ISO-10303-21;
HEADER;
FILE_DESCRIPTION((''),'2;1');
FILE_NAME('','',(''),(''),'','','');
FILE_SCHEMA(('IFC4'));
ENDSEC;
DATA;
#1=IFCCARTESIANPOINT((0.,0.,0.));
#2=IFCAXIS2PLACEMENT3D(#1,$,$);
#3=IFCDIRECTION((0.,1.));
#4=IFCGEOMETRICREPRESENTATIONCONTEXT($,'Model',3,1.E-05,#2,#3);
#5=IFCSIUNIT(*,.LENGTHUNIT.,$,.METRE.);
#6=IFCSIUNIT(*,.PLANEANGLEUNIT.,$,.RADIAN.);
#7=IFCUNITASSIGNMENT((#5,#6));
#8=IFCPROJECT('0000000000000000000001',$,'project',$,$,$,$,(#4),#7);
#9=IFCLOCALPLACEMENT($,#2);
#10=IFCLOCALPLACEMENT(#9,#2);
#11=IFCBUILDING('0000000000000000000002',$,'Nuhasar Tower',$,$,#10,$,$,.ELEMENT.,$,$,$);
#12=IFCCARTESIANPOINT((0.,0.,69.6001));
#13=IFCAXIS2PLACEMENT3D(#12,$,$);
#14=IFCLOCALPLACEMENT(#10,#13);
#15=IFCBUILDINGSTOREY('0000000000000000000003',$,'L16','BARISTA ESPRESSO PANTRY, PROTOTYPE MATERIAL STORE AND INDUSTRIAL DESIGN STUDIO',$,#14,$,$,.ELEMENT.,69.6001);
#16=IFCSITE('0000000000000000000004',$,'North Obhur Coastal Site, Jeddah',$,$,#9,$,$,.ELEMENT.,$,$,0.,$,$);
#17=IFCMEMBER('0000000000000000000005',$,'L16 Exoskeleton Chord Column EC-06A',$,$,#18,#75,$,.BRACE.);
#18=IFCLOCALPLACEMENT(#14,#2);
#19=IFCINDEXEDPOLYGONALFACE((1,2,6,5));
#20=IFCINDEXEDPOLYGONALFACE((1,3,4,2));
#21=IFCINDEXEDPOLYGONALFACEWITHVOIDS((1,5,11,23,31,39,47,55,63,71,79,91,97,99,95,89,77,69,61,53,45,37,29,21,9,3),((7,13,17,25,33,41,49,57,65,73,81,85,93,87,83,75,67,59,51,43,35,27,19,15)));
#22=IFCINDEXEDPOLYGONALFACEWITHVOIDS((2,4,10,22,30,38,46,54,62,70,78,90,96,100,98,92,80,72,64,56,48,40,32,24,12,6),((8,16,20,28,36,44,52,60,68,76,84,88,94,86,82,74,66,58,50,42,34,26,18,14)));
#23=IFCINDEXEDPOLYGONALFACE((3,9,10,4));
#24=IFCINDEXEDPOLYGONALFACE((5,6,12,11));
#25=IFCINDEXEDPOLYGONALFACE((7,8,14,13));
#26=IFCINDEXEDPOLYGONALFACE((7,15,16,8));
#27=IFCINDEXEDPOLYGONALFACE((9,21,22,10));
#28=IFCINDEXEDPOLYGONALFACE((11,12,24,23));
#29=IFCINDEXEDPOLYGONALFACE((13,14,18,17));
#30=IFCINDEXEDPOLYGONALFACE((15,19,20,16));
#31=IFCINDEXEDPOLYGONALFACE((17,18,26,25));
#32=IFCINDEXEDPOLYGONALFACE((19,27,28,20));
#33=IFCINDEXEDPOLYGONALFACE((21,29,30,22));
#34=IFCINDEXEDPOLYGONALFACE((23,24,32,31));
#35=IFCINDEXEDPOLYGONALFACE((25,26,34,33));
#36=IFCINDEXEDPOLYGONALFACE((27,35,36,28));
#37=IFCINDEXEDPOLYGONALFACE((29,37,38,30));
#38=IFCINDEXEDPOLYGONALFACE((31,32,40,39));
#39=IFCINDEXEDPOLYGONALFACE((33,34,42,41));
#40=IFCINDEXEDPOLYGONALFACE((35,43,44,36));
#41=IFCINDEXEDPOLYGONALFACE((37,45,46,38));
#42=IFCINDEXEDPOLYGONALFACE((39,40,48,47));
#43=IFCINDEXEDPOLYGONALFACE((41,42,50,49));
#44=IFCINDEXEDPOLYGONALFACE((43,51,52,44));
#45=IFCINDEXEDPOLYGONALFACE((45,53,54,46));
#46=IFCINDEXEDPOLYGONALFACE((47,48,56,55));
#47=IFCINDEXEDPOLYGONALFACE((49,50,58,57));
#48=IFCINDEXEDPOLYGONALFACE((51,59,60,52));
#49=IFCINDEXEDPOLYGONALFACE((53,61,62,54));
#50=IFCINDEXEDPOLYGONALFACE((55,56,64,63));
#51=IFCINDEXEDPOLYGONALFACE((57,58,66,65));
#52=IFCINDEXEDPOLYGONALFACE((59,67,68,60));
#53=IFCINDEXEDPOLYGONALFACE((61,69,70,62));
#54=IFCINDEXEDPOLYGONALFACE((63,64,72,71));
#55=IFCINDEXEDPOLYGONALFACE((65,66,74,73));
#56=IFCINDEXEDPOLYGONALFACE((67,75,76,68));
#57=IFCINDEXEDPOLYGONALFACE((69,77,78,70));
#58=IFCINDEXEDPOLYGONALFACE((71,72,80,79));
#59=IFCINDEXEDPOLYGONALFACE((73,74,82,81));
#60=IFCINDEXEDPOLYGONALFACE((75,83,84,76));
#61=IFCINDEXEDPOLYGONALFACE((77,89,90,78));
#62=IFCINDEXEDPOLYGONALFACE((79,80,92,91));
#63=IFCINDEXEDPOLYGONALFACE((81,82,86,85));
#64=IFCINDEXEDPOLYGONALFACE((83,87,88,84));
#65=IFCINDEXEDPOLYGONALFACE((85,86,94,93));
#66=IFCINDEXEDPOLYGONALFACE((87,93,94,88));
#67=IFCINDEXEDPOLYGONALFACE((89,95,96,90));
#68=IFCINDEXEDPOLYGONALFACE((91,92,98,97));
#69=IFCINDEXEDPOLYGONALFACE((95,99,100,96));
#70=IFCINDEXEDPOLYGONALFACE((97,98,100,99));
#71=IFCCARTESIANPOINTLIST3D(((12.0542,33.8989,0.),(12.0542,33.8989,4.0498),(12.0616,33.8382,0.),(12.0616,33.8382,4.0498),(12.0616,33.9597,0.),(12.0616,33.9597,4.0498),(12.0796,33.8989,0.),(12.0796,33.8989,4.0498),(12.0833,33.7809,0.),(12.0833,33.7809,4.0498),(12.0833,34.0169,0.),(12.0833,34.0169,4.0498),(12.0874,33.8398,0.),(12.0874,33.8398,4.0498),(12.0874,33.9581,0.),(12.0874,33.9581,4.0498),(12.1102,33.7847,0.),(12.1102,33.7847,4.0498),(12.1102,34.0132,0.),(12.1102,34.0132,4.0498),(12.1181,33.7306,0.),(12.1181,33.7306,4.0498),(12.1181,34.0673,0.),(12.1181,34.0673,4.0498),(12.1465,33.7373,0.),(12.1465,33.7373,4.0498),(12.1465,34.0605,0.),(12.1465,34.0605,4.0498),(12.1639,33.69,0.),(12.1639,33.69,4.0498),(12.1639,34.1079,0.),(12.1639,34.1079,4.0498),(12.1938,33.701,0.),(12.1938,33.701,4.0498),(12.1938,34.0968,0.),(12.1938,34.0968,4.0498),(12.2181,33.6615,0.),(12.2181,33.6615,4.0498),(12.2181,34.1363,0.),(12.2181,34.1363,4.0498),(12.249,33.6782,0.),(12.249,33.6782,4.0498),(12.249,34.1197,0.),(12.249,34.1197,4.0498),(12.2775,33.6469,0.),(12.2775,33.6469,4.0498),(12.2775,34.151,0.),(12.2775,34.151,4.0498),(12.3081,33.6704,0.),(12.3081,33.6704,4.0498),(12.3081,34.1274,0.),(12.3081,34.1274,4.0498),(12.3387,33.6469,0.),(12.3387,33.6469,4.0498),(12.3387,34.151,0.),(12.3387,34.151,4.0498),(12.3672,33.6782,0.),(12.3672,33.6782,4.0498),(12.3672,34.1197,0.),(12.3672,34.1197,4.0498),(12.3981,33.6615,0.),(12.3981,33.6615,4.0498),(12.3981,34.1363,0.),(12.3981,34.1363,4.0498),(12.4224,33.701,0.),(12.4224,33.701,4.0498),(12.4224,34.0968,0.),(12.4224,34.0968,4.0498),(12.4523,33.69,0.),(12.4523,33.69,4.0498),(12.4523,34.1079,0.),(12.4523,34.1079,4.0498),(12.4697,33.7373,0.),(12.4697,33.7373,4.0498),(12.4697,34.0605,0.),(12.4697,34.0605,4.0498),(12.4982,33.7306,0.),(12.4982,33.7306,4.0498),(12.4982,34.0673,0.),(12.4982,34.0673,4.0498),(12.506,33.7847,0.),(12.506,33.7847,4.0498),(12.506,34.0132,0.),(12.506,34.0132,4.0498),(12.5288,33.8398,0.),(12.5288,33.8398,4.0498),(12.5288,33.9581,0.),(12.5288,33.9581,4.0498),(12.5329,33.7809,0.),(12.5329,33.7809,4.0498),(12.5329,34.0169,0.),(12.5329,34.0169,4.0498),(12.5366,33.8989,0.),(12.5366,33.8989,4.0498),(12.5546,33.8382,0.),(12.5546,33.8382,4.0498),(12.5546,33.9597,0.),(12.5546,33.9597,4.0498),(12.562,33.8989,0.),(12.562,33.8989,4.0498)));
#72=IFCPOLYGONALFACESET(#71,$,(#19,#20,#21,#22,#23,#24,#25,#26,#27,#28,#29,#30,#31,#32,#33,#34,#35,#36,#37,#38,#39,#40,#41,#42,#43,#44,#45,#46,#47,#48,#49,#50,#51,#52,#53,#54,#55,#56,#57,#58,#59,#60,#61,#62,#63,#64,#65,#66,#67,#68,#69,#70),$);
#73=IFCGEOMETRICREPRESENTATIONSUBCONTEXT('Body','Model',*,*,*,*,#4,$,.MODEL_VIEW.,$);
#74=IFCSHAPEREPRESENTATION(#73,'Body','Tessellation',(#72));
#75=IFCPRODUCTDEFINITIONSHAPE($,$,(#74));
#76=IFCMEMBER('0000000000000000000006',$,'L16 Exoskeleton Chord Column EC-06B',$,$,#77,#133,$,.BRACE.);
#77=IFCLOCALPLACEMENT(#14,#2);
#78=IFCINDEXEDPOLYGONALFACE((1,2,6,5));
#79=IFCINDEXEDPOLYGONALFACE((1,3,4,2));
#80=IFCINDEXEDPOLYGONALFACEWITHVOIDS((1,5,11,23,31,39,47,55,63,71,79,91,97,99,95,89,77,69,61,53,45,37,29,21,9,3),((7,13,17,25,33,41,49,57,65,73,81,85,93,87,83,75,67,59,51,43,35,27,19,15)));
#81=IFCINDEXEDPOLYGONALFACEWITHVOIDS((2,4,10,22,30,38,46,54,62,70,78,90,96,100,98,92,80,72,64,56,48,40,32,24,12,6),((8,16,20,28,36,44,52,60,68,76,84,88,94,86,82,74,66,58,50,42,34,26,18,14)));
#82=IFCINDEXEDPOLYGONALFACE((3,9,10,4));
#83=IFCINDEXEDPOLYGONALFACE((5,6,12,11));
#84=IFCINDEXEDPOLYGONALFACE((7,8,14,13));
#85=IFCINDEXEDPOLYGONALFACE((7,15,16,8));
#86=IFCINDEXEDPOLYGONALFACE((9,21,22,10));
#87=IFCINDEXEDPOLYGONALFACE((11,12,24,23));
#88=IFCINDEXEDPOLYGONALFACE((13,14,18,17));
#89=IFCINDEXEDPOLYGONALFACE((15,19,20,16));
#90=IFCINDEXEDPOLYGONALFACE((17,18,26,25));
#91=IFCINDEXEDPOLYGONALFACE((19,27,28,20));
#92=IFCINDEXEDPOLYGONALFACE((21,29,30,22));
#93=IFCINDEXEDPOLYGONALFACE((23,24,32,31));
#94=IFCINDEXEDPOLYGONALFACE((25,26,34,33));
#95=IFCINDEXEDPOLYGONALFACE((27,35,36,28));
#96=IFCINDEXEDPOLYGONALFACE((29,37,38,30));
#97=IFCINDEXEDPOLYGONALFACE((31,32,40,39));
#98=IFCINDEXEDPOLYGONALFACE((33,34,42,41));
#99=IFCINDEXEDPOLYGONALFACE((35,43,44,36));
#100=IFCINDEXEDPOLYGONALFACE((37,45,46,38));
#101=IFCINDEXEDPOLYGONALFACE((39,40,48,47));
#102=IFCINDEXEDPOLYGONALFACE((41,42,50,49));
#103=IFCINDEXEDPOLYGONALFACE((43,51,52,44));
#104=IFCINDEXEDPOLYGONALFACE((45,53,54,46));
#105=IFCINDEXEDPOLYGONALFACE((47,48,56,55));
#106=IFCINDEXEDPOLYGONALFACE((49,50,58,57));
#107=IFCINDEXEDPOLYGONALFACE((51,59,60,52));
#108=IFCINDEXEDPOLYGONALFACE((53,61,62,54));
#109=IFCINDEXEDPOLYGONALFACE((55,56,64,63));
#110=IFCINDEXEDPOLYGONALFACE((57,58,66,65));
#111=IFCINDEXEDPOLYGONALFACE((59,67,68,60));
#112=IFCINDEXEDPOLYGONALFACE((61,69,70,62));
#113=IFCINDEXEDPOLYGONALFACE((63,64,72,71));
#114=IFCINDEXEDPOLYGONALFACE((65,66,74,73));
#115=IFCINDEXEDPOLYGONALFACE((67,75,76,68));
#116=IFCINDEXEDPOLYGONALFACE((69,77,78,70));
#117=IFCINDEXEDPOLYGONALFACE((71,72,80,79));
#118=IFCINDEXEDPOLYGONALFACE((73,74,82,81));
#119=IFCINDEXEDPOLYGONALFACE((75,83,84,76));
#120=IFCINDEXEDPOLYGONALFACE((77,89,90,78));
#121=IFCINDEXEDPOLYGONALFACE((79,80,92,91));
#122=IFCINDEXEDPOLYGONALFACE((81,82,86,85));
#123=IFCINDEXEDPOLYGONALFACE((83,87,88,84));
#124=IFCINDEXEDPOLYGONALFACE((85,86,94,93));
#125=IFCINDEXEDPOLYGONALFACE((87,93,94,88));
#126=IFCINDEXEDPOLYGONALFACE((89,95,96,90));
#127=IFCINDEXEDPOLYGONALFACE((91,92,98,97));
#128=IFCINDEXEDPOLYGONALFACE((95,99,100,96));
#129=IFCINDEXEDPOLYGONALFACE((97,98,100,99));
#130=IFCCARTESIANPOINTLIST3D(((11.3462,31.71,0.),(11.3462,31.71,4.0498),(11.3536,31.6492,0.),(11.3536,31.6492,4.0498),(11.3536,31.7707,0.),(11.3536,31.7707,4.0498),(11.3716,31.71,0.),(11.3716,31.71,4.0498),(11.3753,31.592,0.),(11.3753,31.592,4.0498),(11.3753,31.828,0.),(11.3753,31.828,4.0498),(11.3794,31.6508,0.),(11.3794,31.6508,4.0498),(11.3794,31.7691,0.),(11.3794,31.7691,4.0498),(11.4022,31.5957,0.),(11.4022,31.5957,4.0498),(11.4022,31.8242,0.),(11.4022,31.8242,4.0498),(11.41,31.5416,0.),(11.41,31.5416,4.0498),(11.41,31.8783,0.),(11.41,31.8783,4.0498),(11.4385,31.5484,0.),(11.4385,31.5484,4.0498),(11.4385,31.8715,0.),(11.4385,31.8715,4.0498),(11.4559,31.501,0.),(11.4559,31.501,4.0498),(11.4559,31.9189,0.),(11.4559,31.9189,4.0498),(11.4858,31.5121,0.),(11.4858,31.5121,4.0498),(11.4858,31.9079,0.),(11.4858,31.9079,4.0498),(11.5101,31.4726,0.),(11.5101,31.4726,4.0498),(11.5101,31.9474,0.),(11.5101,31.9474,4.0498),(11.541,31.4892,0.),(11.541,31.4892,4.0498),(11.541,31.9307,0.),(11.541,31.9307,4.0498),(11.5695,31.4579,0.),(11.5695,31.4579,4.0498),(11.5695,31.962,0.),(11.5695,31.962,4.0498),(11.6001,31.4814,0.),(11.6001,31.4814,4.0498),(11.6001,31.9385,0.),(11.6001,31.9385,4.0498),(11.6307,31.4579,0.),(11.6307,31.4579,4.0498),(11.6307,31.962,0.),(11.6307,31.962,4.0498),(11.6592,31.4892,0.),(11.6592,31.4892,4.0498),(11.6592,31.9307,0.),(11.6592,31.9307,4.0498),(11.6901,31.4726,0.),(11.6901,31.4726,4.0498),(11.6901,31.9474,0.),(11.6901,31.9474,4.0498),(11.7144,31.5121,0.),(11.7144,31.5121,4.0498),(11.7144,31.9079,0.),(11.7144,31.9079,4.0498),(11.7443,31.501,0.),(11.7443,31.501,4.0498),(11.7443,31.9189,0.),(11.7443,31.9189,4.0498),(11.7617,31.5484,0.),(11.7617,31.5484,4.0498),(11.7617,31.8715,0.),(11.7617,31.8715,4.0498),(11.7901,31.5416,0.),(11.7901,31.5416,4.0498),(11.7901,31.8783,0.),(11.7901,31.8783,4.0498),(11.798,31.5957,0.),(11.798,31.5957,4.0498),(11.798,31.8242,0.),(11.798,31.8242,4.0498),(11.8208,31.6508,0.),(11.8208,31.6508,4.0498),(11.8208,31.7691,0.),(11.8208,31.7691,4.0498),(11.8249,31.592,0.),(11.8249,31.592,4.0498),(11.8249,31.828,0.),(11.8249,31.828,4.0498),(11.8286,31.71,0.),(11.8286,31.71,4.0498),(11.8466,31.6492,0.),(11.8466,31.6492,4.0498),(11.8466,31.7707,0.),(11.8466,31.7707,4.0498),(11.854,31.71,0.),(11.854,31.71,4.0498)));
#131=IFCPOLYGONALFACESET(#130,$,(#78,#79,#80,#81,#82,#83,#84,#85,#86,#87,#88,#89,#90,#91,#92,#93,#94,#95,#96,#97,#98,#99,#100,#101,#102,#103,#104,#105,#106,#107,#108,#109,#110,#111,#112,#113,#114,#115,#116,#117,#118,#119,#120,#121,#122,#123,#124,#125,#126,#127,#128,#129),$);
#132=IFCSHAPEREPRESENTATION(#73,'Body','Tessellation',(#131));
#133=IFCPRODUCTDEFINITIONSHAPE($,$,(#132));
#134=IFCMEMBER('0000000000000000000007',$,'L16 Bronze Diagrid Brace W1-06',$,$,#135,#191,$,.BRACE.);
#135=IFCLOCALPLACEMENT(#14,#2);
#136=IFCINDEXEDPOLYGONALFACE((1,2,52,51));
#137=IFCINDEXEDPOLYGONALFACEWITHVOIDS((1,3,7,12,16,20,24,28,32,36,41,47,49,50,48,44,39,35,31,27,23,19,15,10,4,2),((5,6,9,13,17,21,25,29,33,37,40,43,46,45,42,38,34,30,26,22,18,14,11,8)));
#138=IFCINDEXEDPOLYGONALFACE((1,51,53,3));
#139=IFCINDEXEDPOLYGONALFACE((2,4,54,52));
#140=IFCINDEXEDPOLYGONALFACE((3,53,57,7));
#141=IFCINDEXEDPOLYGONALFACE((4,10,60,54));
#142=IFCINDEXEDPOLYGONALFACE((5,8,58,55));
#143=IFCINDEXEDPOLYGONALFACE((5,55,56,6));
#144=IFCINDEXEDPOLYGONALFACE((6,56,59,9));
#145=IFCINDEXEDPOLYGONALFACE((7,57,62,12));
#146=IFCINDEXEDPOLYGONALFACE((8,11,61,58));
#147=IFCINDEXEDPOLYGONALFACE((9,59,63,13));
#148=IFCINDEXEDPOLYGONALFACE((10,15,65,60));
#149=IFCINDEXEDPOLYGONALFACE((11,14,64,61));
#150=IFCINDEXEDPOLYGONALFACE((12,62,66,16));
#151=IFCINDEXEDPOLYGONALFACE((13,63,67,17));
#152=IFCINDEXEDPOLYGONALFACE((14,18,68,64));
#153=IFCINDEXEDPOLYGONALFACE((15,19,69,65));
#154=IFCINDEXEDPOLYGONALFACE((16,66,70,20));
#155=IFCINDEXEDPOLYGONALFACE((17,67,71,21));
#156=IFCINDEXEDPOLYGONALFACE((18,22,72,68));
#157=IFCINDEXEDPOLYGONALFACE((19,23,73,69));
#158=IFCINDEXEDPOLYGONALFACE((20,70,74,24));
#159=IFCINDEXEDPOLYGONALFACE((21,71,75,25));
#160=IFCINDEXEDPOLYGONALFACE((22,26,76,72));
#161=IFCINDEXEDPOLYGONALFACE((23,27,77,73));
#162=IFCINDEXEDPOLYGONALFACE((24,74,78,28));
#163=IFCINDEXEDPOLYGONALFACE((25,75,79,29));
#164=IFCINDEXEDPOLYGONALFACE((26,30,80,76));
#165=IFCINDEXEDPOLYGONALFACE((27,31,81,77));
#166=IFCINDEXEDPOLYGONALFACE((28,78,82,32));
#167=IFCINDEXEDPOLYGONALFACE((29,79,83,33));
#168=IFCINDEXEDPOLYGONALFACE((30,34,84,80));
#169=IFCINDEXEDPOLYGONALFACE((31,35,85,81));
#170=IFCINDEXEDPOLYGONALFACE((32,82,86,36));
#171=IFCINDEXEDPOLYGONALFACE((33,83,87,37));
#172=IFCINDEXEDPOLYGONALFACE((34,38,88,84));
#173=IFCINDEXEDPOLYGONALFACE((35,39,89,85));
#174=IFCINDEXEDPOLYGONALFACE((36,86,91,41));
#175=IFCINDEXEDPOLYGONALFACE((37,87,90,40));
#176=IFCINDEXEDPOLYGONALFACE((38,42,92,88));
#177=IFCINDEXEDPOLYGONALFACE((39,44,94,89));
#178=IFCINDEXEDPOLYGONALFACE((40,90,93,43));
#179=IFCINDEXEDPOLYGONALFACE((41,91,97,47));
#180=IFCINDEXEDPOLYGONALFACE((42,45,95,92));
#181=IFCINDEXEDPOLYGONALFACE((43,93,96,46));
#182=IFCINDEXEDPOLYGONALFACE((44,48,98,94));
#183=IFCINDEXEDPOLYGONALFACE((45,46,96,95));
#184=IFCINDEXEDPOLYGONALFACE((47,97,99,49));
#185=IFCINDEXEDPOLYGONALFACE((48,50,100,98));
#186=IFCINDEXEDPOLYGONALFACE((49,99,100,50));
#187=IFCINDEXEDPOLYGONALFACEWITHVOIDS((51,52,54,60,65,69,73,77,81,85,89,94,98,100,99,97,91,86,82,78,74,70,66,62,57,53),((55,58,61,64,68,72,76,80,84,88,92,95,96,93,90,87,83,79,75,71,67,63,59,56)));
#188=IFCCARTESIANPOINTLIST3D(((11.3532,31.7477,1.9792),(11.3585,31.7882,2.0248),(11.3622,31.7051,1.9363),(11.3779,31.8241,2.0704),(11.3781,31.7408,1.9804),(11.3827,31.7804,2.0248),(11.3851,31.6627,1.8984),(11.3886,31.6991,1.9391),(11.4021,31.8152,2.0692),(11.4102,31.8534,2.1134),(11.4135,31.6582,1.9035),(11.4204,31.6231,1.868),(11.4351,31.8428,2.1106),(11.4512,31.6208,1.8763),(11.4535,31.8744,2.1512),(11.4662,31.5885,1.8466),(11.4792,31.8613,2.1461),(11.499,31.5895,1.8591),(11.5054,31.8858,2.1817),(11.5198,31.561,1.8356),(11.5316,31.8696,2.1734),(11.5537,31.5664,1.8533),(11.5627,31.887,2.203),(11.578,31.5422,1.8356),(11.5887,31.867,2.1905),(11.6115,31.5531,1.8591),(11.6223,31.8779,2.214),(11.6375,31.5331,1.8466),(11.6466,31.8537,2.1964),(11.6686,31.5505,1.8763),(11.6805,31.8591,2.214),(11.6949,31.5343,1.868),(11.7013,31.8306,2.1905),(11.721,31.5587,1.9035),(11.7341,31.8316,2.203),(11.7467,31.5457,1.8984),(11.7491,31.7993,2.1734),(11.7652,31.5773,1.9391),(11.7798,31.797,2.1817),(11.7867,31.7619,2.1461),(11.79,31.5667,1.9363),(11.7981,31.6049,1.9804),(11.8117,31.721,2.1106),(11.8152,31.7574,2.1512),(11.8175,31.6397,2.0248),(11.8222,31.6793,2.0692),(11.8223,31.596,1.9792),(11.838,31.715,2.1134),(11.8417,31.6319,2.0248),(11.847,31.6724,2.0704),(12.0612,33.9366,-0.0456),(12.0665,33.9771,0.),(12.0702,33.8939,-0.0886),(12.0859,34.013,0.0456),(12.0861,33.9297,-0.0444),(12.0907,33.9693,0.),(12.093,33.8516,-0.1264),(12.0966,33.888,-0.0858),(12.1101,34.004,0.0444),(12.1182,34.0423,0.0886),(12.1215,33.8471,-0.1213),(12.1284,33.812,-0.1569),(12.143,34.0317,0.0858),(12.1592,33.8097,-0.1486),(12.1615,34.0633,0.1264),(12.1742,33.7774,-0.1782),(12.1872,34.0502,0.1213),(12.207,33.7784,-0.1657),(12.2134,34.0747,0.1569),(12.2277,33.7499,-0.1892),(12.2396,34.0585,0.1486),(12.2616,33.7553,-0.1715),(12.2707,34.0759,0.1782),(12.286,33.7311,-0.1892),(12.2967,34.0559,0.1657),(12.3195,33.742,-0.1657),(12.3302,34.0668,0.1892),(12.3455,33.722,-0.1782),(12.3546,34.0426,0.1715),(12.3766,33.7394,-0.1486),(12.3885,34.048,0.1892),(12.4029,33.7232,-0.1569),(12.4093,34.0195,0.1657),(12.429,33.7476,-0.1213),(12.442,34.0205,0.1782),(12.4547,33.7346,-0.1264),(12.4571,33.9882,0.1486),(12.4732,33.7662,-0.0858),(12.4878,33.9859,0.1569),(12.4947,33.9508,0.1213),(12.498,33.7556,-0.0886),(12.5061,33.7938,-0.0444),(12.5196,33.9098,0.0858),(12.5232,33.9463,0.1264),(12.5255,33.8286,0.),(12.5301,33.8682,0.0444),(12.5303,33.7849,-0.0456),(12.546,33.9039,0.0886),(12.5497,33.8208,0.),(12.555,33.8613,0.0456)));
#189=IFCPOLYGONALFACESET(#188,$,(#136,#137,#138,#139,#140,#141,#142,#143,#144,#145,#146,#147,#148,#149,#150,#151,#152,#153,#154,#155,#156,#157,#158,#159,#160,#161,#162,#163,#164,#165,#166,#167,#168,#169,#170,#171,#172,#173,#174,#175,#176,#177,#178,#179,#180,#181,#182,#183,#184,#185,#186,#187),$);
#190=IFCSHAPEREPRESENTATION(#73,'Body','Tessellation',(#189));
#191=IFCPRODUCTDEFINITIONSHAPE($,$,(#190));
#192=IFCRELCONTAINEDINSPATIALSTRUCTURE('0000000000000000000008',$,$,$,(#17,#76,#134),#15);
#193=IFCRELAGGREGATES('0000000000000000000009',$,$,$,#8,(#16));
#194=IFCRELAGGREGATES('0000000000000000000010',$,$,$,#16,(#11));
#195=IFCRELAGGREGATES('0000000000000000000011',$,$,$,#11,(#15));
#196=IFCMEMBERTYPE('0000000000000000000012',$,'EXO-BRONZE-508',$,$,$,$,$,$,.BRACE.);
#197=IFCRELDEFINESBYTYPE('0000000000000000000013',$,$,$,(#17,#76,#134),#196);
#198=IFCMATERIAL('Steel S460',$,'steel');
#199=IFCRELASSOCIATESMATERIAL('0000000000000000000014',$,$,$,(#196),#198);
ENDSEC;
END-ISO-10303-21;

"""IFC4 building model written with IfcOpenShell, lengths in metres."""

from ifc_helpers import new_model, si_unit, direction, frame, origin, origin_2d, place, context, subcontext, project, spatial, hollow_circle, extrude, material, material_profile, profile_set, type_object, element, save


model = new_model("IFC4")

# Units and contexts
model_context = context("Model", 3, precision=1e-05, world=origin(), true_north=direction((0.0, 1.0)))
body_context = subcontext(model_context, "Body", "Model", "MODEL_VIEW")
ifc_project = project(units=[si_unit("LENGTHUNIT", "METRE"), si_unit("PLANEANGLEUNIT", "RADIAN")], contexts=[model_context])

# Site, building, storey
site_placement = place(None, origin())
site = spatial("IfcSite", under=ifc_project, at=site_placement, Name="North Obhur Coastal Site, Jeddah", CompositionType="ELEMENT", RefElevation=0.0)
building_placement = place(site_placement, origin())
building = spatial("IfcBuilding", under=site, at=building_placement, Name="Nuhasar Tower", CompositionType="ELEMENT")
storey_placement = place(building_placement, frame((0.0, 0.0, 69.6001)))
storey = spatial("IfcBuildingStorey", under=building, at=storey_placement, Name="L16", Description="BARISTA ESPRESSO PANTRY, PROTOTYPE MATERIAL STORE AND INDUSTRIAL DESIGN STUDIO", CompositionType="ELEMENT", Elevation=69.6001)

# Members
ifc_material_1 = material(Name="Steel S460", Category="steel")
ifc_material_profile_1 = material_profile(ifc_material_1, hollow_circle(Radius=0.2539, WallThickness=0.0254, at=origin_2d()), Name="HSS508X25.4")
ifc_profile_set_1 = profile_set([ifc_material_profile_1], Name="Steel S460")
member_type_1 = type_object("IfcMemberType", Name="EXO-BRONZE-508", PredefinedType="BRACE", material=ifc_profile_set_1)
for number, where, z_axis, x_axis, name in (
    (1, (12.3081, 33.8989, 0.0), (0.0, 0.0, 1.0), (1.0, 0.0, 0.0), "L16 Exoskeleton Chord Column EC-06A"),
    (2, (11.6001, 31.71, 0.0), (0.0, 0.0, 1.0), (1.0, 0.0, 0.0), "L16 Exoskeleton Chord Column EC-06B"),
):
    element("IfcMember", number, at=place(storey_placement, frame(where, z_axis=z_axis, x_axis=x_axis)), inside=storey, type_object=member_type_1, Name=name, PredefinedType="BRACE", context=body_context, shape_type="SweptSolid", body=[
        extrude(hollow_circle(Radius=0.2539, WallThickness=0.0254, at=origin_2d()), origin(), (0.0, 0.0, 1.0), 4.0498),
    ])
for number, where, z_axis, x_axis, name in (
    (3, (12.3081, 33.8989, 0.0), (-0.231012, -0.714225, 0.660694), (0.951468, -0.307747, 0.0), "L16 Bronze Diagrid Brace W1-06"),
):
    element("IfcMember", number, at=place(storey_placement, frame(where, z_axis=z_axis, x_axis=x_axis)), inside=storey, type_object=member_type_1, Name=name, PredefinedType="BRACE", context=body_context, shape_type="SweptSolid", body=[
        extrude(hollow_circle(Radius=0.2539, WallThickness=0.0254, at=origin_2d()), origin(), (0.0, 0.0, 1.0), 3.0647),
    ])

save(model, "model.ifc")
